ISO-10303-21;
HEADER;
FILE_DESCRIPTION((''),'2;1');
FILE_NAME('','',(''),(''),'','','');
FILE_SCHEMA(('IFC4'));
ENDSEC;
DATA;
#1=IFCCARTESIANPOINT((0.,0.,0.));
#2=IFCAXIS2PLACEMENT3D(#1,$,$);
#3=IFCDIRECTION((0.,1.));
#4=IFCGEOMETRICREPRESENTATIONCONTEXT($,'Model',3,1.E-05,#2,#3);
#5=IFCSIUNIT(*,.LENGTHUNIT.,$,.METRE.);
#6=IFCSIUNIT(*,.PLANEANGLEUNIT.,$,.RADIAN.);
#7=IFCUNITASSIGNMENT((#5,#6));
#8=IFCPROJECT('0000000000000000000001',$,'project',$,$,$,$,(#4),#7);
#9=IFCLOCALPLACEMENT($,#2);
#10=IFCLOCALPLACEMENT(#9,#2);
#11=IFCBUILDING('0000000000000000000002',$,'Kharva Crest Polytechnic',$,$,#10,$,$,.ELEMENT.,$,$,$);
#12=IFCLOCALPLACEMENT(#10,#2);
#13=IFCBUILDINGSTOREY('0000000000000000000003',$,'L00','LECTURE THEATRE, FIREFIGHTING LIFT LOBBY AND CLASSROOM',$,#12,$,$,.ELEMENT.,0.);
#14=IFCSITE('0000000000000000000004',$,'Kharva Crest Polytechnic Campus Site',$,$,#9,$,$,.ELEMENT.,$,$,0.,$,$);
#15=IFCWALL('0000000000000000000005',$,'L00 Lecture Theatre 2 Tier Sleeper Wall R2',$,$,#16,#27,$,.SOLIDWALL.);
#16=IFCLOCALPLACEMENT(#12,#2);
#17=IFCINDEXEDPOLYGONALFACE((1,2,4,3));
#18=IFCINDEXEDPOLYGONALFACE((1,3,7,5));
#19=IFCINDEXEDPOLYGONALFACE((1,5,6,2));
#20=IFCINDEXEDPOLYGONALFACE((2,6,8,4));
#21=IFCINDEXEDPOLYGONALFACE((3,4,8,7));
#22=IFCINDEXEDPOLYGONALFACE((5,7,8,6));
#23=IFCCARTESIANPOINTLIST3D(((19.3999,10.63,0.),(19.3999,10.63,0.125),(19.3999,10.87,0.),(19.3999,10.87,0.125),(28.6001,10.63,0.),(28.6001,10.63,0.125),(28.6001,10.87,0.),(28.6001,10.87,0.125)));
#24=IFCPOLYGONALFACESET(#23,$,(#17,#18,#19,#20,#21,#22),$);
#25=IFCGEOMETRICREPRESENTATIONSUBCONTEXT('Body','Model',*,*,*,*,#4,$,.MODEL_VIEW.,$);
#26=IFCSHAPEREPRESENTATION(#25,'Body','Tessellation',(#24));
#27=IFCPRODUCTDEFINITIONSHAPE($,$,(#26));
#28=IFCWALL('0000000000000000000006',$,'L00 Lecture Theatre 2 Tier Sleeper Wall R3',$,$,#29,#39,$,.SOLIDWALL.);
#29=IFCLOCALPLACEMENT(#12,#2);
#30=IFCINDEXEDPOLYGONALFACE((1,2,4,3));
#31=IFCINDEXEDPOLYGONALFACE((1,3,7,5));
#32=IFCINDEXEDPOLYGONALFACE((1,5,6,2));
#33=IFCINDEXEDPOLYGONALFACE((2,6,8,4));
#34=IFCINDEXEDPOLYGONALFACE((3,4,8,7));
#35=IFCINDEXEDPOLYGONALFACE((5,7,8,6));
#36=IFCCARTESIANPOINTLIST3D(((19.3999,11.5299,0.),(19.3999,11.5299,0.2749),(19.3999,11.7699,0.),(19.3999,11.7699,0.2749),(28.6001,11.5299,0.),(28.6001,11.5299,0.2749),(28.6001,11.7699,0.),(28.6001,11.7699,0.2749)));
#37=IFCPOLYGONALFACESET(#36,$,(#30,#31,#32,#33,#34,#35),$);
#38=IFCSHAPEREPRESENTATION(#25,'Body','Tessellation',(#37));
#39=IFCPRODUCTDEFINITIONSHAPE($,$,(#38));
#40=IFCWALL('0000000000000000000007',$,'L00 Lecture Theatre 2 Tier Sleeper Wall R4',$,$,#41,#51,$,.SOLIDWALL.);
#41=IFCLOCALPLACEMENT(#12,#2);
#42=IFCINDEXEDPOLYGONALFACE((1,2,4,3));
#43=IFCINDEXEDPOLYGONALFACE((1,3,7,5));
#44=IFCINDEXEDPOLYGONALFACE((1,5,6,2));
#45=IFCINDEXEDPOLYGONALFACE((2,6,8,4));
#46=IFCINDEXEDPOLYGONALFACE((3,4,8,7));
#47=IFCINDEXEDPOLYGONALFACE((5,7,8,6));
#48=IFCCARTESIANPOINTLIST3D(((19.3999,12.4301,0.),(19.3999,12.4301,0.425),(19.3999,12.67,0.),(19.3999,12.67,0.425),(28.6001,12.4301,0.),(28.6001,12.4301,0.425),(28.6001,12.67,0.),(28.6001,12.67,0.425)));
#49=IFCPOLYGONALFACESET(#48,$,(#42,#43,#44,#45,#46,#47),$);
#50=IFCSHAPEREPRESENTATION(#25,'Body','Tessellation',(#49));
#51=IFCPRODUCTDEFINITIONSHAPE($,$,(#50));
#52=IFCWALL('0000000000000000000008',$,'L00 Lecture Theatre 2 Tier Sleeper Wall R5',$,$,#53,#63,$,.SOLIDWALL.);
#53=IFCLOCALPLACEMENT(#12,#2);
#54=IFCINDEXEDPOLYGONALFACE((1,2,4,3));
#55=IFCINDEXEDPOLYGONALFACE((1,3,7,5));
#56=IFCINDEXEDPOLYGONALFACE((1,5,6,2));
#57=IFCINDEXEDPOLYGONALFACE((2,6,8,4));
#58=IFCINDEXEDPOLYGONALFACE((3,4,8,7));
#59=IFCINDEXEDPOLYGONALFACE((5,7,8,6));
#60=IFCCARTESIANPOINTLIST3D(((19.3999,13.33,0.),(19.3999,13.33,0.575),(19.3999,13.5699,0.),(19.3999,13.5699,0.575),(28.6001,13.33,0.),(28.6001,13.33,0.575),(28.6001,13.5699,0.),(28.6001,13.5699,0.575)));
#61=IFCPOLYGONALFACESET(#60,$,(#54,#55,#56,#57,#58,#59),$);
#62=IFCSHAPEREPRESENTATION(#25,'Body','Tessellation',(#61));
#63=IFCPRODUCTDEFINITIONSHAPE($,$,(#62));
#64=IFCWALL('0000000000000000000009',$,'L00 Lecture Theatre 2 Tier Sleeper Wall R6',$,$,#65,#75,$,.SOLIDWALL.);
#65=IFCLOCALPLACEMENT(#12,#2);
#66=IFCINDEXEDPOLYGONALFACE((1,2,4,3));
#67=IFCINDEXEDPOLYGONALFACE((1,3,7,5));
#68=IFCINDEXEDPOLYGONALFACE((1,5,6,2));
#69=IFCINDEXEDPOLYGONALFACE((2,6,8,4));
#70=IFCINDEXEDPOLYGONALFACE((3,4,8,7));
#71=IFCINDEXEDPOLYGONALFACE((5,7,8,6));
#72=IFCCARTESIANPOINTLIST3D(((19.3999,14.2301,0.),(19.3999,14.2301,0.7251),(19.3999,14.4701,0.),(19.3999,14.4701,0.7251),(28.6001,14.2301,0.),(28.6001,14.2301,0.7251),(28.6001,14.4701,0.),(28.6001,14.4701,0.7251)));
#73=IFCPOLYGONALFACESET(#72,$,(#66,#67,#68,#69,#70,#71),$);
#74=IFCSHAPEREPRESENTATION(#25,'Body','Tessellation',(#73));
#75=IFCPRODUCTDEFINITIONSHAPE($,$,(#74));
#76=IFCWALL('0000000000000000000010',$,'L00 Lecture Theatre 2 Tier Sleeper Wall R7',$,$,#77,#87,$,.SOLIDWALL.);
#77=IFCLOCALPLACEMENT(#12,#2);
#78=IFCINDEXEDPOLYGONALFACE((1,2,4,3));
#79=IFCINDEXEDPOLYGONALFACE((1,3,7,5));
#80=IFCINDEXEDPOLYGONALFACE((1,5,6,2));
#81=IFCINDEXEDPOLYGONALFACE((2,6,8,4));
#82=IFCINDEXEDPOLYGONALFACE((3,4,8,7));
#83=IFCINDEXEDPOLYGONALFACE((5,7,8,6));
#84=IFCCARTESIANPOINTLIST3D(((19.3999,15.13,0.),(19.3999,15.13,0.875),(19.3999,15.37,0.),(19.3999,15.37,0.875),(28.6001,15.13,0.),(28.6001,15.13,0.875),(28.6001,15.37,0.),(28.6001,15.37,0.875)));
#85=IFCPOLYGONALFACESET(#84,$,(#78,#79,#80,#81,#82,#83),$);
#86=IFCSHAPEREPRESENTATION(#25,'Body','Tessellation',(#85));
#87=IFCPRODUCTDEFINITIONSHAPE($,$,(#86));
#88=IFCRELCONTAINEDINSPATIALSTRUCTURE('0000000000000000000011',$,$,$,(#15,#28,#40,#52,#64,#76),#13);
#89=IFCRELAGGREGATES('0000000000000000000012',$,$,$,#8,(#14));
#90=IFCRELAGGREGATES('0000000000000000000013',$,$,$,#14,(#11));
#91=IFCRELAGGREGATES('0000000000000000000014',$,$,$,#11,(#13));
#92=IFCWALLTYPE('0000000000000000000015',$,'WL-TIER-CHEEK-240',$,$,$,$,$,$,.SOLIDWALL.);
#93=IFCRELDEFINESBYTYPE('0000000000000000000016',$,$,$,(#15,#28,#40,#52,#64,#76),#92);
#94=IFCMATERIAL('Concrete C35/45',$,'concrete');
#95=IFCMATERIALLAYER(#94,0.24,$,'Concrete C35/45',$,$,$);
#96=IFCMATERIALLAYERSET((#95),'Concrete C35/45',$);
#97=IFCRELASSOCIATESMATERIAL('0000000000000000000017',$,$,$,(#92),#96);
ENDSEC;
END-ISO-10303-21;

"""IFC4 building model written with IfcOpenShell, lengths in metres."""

from ifc_helpers import new_model, si_unit, direction, frame, frame_2d, origin, place, context, subcontext, project, spatial, rectangle, extrude, material, layer, layer_set, type_object, element, save


model = new_model("IFC4")

# Units and contexts
model_context = context("Model", 3, precision=1e-05, world=origin(), true_north=direction((0.0, 1.0)))
body_context = subcontext(model_context, "Body", "Model", "MODEL_VIEW")
ifc_project = project(units=[si_unit("LENGTHUNIT", "METRE"), si_unit("PLANEANGLEUNIT", "RADIAN")], contexts=[model_context])

# Site, building, storey
site_placement = place(None, origin())
site = spatial("IfcSite", under=ifc_project, at=site_placement, Name="Kharva Crest Polytechnic Campus Site", CompositionType="ELEMENT", RefElevation=0.0)
building_placement = place(site_placement, origin())
building = spatial("IfcBuilding", under=site, at=building_placement, Name="Kharva Crest Polytechnic", CompositionType="ELEMENT")
storey_placement = place(building_placement, origin())
storey = spatial("IfcBuildingStorey", under=building, at=storey_placement, Name="L00", Description="LECTURE THEATRE, FIREFIGHTING LIFT LOBBY AND CLASSROOM", CompositionType="ELEMENT", Elevation=0.0)

# Shared definitions
ifc_material_1 = material(Name="Concrete C35/45", Category="concrete")

# Walls
ifc_layer_1 = layer(ifc_material_1, 0.24, Name="Concrete C35/45")
ifc_layer_set_1 = layer_set([ifc_layer_1], Name="Concrete C35/45")
wall_type_1 = type_object("IfcWallType", Name="WL-TIER-CHEEK-240", PredefinedType="SOLIDWALL", material=ifc_layer_set_1)
wall_1_placement = place(storey_placement, frame((19.3999, 10.75, 0.0), z_axis=(0.0, 0.0, 1.0), x_axis=(1.0, 0.0, 0.0)))
element("IfcWall", 1, at=wall_1_placement, inside=storey, type_object=wall_type_1, Name="L00 Lecture Theatre 2 Tier Sleeper Wall R2", PredefinedType="SOLIDWALL", context=body_context, shape_type="SweptSolid", body=[
    extrude(rectangle(XDim=9.2002, YDim=0.24, at=frame_2d((4.6001, 0.0))), origin(), (0.0, 0.0, 1.0), 0.125),
])
wall_2_placement = place(storey_placement, frame((19.3999, 11.6499, 0.0), z_axis=(0.0, 0.0, 1.0), x_axis=(1.0, 0.0, 0.0)))
element("IfcWall", 2, at=wall_2_placement, inside=storey, type_object=wall_type_1, Name="L00 Lecture Theatre 2 Tier Sleeper Wall R3", PredefinedType="SOLIDWALL", context=body_context, shape_type="SweptSolid", body=[
    extrude(rectangle(XDim=9.2002, YDim=0.24, at=frame_2d((4.6001, 0.0))), origin(), (0.0, 0.0, 1.0), 0.2749),
])
wall_3_placement = place(storey_placement, frame((19.3999, 12.55, 0.0), z_axis=(0.0, 0.0, 1.0), x_axis=(1.0, 0.0, 0.0)))
element("IfcWall", 3, at=wall_3_placement, inside=storey, type_object=wall_type_1, Name="L00 Lecture Theatre 2 Tier Sleeper Wall R4", PredefinedType="SOLIDWALL", context=body_context, shape_type="SweptSolid", body=[
    extrude(rectangle(XDim=9.2002, YDim=0.24, at=frame_2d((4.6001, 0.0))), origin(), (0.0, 0.0, 1.0), 0.425),
])
wall_4_placement = place(storey_placement, frame((19.3999, 13.45, 0.0), z_axis=(0.0, 0.0, 1.0), x_axis=(1.0, 0.0, 0.0)))
element("IfcWall", 4, at=wall_4_placement, inside=storey, type_object=wall_type_1, Name="L00 Lecture Theatre 2 Tier Sleeper Wall R5", PredefinedType="SOLIDWALL", context=body_context, shape_type="SweptSolid", body=[
    extrude(rectangle(XDim=9.2002, YDim=0.24, at=frame_2d((4.6001, 0.0))), origin(), (0.0, 0.0, 1.0), 0.575),
])
wall_5_placement = place(storey_placement, frame((19.3999, 14.3501, 0.0), z_axis=(0.0, 0.0, 1.0), x_axis=(1.0, 0.0, 0.0)))
element("IfcWall", 5, at=wall_5_placement, inside=storey, type_object=wall_type_1, Name="L00 Lecture Theatre 2 Tier Sleeper Wall R6", PredefinedType="SOLIDWALL", context=body_context, shape_type="SweptSolid", body=[
    extrude(rectangle(XDim=9.2002, YDim=0.24, at=frame_2d((4.6001, 0.0))), origin(), (0.0, 0.0, 1.0), 0.7251),
])
wall_6_placement = place(storey_placement, frame((19.3999, 15.25, 0.0), z_axis=(0.0, 0.0, 1.0), x_axis=(1.0, 0.0, 0.0)))
element("IfcWall", 6, at=wall_6_placement, inside=storey, type_object=wall_type_1, Name="L00 Lecture Theatre 2 Tier Sleeper Wall R7", PredefinedType="SOLIDWALL", context=body_context, shape_type="SweptSolid", body=[
    extrude(rectangle(XDim=9.2002, YDim=0.24, at=frame_2d((4.6001, 0.0))), origin(), (0.0, 0.0, 1.0), 0.875),
])

save(model, "model.ifc")
